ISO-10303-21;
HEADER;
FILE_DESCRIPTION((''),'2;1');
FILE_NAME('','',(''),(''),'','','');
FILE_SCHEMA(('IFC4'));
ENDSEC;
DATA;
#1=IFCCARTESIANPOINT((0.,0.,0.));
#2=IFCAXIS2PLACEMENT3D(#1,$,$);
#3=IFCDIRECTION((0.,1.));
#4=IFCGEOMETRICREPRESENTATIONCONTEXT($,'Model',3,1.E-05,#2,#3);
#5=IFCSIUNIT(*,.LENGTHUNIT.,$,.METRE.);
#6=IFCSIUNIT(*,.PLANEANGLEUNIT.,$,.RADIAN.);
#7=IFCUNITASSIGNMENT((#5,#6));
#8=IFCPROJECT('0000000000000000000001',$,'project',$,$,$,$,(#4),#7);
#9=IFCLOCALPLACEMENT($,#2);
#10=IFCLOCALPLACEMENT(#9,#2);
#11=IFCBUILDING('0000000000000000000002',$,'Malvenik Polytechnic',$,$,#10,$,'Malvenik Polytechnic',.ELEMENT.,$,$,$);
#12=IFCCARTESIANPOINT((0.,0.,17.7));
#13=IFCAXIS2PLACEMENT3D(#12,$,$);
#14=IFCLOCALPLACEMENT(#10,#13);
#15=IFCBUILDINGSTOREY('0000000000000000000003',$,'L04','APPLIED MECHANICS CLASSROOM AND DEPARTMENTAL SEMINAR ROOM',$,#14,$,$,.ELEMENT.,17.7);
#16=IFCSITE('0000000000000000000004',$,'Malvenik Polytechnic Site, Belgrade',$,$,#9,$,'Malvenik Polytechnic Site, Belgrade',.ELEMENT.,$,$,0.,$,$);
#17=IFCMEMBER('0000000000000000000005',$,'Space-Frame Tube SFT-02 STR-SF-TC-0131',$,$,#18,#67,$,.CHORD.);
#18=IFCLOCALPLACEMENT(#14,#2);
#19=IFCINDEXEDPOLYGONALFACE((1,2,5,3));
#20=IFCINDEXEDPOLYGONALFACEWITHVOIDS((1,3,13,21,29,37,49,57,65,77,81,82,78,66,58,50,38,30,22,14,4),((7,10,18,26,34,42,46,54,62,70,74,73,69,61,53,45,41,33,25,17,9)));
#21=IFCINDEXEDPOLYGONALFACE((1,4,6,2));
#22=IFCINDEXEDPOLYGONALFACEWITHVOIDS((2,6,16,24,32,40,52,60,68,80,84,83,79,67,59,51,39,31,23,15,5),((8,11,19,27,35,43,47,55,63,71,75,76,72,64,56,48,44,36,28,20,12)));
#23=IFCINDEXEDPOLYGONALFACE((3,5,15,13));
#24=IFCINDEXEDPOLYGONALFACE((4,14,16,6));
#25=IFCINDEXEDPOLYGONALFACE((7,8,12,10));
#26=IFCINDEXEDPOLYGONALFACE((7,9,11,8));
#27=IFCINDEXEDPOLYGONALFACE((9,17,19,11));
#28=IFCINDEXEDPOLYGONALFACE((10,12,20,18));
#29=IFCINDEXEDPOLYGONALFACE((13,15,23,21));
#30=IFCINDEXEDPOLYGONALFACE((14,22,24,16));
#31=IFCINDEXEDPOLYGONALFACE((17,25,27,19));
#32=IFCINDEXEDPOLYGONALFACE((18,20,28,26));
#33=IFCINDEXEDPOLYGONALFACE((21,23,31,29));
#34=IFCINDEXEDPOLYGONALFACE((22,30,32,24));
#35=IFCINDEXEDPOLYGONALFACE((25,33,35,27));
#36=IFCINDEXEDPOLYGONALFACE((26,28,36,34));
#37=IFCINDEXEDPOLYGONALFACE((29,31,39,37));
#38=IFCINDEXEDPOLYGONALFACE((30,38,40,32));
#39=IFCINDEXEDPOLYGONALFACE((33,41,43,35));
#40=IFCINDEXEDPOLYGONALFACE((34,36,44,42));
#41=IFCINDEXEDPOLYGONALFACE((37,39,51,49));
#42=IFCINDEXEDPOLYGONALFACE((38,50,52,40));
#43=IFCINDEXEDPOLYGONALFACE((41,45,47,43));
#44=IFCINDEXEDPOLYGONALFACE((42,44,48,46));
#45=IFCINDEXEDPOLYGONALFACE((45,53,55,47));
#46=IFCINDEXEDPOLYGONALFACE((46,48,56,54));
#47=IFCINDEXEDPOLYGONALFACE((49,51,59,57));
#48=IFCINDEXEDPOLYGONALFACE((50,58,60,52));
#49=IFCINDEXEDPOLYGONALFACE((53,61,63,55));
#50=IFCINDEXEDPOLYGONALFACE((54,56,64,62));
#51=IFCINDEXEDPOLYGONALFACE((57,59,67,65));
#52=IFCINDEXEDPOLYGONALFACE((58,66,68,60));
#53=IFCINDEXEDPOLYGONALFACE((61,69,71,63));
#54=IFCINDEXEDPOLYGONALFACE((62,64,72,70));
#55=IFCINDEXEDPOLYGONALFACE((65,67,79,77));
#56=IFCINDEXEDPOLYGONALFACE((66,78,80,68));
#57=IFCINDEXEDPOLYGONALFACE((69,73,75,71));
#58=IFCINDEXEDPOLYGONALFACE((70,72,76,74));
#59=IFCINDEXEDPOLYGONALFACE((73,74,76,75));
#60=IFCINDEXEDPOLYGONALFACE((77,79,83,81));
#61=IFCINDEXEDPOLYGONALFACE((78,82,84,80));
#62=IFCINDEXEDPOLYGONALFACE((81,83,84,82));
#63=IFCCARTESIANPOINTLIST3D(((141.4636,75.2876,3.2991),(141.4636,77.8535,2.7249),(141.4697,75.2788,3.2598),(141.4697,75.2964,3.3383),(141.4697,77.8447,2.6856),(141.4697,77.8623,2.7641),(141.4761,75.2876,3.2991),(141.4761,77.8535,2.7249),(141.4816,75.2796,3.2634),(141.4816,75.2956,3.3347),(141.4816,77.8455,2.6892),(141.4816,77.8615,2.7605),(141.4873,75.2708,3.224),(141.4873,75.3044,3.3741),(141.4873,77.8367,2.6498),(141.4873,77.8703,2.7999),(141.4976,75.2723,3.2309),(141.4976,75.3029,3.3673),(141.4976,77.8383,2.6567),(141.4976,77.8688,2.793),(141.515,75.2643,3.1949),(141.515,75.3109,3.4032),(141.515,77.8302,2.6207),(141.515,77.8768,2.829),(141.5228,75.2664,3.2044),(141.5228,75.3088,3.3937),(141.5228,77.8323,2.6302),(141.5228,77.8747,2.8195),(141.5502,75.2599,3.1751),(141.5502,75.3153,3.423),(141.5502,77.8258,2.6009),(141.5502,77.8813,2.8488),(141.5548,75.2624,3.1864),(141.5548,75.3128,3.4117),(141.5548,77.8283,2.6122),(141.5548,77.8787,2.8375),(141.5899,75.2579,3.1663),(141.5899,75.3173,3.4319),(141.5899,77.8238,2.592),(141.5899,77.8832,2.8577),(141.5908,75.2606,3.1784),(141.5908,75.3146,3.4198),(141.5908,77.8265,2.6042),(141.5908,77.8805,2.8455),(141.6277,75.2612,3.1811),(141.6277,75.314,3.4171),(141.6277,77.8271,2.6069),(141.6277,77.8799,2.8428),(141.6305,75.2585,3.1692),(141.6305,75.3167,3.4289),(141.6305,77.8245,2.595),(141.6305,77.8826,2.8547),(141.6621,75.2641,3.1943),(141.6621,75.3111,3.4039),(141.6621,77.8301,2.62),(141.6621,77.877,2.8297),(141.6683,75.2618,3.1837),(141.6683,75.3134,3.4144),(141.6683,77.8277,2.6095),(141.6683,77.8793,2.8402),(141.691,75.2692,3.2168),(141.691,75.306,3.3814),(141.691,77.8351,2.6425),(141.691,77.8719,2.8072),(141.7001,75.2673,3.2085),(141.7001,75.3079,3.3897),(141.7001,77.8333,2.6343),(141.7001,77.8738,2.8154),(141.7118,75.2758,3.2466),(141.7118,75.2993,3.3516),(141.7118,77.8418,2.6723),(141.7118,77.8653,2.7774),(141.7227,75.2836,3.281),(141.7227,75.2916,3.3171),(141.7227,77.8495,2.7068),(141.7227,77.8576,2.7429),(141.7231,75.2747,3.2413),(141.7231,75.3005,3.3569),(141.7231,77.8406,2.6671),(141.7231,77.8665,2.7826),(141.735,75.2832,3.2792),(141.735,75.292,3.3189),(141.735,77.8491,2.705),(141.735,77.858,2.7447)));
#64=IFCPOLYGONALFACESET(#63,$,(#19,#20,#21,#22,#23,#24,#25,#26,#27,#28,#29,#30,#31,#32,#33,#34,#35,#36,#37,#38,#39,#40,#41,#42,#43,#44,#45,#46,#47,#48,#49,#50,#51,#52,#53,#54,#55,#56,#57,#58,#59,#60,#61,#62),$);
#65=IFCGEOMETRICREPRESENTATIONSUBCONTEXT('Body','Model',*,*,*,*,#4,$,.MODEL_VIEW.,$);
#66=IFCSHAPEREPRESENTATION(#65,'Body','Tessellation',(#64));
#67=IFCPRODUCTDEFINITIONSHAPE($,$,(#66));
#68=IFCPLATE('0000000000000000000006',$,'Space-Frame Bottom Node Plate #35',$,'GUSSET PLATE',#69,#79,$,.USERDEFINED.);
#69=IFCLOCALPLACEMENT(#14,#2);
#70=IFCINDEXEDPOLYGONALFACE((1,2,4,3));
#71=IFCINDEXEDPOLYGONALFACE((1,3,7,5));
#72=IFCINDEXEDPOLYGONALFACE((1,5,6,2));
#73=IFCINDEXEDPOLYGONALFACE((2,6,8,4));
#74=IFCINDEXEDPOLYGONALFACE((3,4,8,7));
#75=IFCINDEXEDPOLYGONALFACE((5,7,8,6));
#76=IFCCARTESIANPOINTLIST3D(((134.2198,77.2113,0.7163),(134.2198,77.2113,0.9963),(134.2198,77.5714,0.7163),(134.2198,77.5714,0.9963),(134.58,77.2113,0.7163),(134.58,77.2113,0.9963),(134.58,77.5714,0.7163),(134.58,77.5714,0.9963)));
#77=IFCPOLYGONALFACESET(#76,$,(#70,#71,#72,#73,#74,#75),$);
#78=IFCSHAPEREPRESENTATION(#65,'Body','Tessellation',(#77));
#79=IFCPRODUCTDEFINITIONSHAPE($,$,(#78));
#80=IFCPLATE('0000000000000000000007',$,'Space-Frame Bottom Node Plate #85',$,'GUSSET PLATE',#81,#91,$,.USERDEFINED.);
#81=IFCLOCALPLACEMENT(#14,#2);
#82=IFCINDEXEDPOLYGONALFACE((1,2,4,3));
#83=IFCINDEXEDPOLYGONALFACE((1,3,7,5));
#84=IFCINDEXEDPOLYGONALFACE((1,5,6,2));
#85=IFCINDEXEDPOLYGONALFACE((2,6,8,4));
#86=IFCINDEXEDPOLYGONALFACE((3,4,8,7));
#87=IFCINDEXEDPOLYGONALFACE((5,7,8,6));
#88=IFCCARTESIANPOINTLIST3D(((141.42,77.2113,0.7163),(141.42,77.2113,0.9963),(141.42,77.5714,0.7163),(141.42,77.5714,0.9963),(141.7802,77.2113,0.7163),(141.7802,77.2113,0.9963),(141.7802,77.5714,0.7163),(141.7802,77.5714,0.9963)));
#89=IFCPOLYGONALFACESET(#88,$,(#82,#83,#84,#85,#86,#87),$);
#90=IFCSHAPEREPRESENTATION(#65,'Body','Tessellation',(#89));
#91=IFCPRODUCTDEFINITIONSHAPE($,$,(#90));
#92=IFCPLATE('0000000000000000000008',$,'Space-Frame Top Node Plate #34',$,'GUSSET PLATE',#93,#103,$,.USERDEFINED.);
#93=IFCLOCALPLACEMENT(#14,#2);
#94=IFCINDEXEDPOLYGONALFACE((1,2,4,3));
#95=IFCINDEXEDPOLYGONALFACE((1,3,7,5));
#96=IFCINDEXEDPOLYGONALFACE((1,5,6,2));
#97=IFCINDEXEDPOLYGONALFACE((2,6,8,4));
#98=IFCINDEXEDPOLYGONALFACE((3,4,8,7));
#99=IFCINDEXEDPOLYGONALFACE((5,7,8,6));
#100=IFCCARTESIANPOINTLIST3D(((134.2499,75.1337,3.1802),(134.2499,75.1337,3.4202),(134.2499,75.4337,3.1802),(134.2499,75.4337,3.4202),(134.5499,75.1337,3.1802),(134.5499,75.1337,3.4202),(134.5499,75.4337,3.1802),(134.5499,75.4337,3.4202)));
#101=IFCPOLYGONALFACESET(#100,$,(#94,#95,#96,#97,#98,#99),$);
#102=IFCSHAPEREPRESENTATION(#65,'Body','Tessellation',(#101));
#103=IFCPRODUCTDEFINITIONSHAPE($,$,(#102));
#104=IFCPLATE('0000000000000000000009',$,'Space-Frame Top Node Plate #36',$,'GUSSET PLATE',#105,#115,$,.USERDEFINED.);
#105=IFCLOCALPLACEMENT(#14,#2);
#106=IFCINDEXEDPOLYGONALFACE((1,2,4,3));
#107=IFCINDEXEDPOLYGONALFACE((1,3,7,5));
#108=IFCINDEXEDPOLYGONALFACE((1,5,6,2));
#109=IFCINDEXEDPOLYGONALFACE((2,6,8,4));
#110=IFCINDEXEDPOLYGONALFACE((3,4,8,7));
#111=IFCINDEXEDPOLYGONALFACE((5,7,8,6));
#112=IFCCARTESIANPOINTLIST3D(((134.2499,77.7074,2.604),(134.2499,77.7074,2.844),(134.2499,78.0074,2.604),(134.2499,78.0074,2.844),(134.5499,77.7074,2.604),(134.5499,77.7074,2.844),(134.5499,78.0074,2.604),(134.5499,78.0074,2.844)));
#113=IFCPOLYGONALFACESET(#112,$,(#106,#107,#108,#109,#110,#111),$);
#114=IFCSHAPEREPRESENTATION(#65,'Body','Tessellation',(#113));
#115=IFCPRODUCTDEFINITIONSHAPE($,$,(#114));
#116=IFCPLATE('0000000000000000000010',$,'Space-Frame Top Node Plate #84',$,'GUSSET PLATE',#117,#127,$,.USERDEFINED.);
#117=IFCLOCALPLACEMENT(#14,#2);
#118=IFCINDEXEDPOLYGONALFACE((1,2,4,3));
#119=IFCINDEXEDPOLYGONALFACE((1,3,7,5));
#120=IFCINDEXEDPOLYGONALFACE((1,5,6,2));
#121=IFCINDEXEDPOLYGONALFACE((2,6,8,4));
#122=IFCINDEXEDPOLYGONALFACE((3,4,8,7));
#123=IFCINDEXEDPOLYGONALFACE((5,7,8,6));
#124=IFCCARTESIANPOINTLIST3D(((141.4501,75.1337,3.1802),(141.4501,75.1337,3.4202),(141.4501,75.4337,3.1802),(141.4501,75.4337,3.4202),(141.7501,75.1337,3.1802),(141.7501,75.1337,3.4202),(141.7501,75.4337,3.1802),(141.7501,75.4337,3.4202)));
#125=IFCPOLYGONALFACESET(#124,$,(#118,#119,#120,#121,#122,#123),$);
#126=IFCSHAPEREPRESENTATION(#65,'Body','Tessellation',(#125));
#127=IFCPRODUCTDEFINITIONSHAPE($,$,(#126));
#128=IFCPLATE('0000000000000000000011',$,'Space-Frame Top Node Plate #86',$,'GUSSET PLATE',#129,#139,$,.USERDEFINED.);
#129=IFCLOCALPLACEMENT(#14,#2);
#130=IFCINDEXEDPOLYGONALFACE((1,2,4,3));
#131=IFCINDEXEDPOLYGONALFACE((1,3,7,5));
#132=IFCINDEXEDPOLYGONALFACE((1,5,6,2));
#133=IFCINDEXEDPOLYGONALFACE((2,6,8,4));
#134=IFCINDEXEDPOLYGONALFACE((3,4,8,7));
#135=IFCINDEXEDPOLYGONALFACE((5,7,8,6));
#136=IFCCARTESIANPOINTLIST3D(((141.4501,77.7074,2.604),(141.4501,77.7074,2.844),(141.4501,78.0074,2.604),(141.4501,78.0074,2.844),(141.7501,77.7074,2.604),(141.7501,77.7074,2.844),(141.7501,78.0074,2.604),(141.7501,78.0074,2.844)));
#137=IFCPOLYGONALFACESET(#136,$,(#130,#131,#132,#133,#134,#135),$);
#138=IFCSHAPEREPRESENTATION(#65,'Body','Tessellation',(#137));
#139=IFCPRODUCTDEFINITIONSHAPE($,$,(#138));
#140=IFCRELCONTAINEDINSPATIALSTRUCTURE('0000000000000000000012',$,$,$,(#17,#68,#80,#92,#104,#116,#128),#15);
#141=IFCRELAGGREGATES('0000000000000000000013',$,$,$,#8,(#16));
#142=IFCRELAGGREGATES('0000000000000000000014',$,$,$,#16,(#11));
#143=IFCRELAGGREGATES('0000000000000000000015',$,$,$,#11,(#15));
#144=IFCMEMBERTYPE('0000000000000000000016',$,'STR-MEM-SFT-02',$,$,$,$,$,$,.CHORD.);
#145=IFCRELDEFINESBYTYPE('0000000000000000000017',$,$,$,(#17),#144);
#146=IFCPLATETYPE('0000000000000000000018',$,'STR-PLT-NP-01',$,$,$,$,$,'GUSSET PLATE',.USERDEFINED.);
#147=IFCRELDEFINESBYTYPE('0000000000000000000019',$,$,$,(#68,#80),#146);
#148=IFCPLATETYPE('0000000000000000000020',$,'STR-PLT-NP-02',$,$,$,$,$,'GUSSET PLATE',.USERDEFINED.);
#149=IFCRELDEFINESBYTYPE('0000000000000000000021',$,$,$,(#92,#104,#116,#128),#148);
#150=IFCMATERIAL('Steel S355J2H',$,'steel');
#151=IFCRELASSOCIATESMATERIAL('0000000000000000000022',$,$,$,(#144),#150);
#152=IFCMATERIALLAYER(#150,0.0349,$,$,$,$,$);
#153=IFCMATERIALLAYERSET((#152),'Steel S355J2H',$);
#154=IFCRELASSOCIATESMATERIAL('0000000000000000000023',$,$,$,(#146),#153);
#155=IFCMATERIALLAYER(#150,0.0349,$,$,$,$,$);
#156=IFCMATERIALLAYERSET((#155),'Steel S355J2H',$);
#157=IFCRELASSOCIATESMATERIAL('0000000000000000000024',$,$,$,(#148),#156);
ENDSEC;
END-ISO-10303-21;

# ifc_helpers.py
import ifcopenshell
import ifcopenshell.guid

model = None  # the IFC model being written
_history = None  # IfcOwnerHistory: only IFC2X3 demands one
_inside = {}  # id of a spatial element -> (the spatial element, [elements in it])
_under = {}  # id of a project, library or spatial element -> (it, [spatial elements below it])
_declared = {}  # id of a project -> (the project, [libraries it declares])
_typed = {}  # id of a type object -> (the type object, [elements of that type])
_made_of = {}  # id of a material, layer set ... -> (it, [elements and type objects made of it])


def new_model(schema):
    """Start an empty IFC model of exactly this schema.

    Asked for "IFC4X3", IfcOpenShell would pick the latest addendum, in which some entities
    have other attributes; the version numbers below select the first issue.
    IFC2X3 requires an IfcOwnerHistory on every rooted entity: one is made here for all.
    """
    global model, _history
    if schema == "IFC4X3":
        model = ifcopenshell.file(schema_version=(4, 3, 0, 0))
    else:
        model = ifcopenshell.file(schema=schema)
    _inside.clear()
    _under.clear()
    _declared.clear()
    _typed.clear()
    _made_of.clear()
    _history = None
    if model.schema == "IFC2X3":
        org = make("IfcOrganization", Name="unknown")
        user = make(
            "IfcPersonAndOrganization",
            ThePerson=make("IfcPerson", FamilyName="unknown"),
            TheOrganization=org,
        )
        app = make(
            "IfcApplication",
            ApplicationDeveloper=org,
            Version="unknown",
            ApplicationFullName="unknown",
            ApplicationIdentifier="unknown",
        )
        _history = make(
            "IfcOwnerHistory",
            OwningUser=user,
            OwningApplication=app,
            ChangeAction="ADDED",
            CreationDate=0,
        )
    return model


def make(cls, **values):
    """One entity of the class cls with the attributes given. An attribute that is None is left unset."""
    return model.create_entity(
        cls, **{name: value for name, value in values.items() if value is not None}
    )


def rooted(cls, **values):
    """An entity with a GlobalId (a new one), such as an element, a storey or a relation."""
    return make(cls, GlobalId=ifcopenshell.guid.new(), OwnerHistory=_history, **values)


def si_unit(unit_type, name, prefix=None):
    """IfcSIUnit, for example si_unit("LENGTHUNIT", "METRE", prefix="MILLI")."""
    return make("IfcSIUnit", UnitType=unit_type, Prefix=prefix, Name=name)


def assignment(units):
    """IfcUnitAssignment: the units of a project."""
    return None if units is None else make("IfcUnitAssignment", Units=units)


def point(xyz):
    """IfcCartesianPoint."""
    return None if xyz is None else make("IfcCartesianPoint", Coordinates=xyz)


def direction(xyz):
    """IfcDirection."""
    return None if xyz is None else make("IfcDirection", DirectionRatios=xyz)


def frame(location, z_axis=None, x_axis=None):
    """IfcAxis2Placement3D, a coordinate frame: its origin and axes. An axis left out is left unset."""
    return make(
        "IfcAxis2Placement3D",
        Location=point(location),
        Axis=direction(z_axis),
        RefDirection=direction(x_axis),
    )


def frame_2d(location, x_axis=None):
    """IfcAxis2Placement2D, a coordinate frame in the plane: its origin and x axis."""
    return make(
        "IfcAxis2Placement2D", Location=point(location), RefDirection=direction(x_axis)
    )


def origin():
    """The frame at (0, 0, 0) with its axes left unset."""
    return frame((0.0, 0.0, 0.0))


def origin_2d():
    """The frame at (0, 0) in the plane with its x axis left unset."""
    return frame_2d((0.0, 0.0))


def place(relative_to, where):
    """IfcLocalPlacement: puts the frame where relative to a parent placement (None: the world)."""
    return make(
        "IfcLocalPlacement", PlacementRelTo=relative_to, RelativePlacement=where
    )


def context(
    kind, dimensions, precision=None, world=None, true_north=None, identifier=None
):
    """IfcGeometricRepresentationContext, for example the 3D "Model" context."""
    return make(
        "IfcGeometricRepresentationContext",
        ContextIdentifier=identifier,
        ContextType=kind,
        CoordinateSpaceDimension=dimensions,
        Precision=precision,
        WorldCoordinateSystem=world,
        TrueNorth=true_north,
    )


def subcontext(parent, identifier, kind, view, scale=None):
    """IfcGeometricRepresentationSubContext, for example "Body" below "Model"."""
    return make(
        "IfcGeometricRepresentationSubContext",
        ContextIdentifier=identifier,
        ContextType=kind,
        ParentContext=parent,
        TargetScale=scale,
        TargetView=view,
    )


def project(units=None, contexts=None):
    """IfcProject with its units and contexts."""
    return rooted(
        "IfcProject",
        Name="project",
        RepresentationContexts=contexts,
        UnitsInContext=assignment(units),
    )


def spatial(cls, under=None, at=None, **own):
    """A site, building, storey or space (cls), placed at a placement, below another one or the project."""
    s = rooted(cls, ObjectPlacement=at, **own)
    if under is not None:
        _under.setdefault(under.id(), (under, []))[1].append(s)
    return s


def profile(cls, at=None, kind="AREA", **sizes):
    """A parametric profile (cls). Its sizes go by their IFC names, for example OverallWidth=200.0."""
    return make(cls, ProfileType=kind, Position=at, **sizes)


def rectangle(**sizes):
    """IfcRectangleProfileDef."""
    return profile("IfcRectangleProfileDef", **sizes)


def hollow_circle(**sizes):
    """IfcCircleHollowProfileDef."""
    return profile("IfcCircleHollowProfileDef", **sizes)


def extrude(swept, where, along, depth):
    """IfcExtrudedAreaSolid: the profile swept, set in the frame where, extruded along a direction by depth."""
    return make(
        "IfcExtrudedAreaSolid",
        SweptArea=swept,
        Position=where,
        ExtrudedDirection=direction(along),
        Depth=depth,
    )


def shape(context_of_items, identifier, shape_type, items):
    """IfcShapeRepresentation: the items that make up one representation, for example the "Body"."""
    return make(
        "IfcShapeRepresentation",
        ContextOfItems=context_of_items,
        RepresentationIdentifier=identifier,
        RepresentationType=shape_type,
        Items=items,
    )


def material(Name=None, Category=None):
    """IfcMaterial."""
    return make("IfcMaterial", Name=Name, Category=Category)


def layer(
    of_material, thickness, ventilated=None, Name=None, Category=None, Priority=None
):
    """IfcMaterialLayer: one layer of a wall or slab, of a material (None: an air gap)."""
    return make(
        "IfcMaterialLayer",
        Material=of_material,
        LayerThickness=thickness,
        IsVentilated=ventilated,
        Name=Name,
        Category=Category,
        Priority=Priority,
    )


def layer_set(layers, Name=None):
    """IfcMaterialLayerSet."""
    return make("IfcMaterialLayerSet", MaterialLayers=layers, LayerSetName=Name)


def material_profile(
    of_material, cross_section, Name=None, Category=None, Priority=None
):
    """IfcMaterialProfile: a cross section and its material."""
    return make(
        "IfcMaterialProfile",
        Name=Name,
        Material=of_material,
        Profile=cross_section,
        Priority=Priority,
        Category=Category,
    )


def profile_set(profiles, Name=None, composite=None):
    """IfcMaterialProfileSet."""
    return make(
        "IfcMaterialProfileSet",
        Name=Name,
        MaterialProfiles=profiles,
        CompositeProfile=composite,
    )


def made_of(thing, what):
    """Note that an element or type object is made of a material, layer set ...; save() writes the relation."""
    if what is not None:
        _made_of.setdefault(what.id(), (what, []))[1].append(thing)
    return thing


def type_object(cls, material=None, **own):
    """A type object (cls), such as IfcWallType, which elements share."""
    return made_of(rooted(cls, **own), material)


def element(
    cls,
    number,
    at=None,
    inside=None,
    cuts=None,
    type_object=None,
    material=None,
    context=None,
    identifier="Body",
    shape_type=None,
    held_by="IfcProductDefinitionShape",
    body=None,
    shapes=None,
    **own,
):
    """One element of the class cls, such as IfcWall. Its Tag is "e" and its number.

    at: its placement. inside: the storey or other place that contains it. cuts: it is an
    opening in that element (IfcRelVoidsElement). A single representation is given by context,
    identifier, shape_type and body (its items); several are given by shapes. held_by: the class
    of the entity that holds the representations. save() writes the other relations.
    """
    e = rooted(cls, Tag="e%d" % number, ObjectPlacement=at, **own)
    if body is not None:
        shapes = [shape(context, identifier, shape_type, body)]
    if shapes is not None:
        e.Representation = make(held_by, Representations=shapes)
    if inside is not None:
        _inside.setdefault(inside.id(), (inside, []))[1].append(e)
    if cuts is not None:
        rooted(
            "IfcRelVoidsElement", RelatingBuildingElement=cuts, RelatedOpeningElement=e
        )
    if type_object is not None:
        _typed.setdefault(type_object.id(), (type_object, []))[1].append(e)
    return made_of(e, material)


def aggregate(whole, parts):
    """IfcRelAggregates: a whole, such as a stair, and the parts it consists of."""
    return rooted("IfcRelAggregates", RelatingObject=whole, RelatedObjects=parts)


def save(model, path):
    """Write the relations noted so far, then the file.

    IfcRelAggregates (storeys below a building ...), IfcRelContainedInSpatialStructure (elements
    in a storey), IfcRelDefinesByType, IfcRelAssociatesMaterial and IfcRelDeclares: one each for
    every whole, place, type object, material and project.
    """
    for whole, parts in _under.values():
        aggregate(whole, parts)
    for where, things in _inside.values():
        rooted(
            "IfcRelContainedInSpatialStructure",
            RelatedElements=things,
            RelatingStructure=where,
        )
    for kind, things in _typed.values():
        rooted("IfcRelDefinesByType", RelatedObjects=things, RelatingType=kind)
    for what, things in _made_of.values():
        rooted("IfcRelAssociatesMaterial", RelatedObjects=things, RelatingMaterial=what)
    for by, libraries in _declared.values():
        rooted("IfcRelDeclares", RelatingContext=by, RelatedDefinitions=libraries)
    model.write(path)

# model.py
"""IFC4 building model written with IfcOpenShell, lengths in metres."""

from ifc_helpers import new_model, si_unit, direction, frame, origin, origin_2d, place, context, subcontext, project, spatial, rectangle, hollow_circle, extrude, material, layer, layer_set, material_profile, profile_set, type_object, element, save


model = new_model("IFC4")

# Units and contexts
model_context = context("Model", 3, precision=1e-05, world=origin(), true_north=direction((0.0, 1.0)))
body_context = subcontext(model_context, "Body", "Model", "MODEL_VIEW")
ifc_project = project(units=[si_unit("LENGTHUNIT", "METRE"), si_unit("PLANEANGLEUNIT", "RADIAN")], contexts=[model_context])

# Site, building, storey
site_placement = place(None, origin())
site = spatial("IfcSite", under=ifc_project, at=site_placement, Name="Malvenik Polytechnic Site, Belgrade", LongName="Malvenik Polytechnic Site, Belgrade", CompositionType="ELEMENT", RefElevation=0.0)
building_placement = place(site_placement, origin())
building = spatial("IfcBuilding", under=site, at=building_placement, Name="Malvenik Polytechnic", LongName="Malvenik Polytechnic", CompositionType="ELEMENT")
storey_placement = place(building_placement, frame((0.0, 0.0, 17.7)))
storey = spatial("IfcBuildingStorey", under=building, at=storey_placement, Name="L04", Description="APPLIED MECHANICS CLASSROOM AND DEPARTMENTAL SEMINAR ROOM", CompositionType="ELEMENT", Elevation=17.7)

# Member
ifc_material = material(Name="Steel S355J2H", Category="steel")
ifc_material_profile_1 = material_profile(ifc_material, hollow_circle(Radius=0.1365, WallThickness=0.0125, at=origin_2d()), Name="CHS 273.0x12.5")
ifc_profile_set_1 = profile_set([ifc_material_profile_1], Name="Steel S355J2H")
member_type_1 = type_object("IfcMemberType", Name="STR-MEM-SFT-02", PredefinedType="CHORD", material=ifc_profile_set_1)
member_1_placement = place(storey_placement, frame((141.6001, 75.2876, 3.2991), z_axis=(0.0, 0.975863, -0.218385), x_axis=(-1.0, 0.0, 0.0)))
element("IfcMember", 1, at=member_1_placement, inside=storey, type_object=member_type_1, Name="Space-Frame Tube SFT-02 STR-SF-TC-0131", PredefinedType="CHORD", context=body_context, shape_type="SweptSolid", body=[
    extrude(hollow_circle(Radius=0.1365, WallThickness=0.0125, at=origin_2d()), origin(), (0.0, 0.0, 1.0), 2.6294),
])

# Plates
ifc_layer_1 = layer(ifc_material, 0.0349)
ifc_layer_set_1 = layer_set([ifc_layer_1], Name="Steel S355J2H")
plate_type_1 = type_object("IfcPlateType", Name="STR-PLT-NP-01", ElementType="GUSSET PLATE", PredefinedType="USERDEFINED", material=ifc_layer_set_1)
for number, where, z_axis, x_axis, name in (
    (2, (134.3999, 77.3914, 0.7163), (0.0, 0.0, 1.0), (1.0, 0.0, 0.0), "Space-Frame Bottom Node Plate #35"),
    (3, (141.6001, 77.3914, 0.7163), (0.0, 0.0, 1.0), (1.0, 0.0, 0.0), "Space-Frame Bottom Node Plate #85"),
):
    element("IfcPlate", number, at=place(storey_placement, frame(where, z_axis=z_axis, x_axis=x_axis)), inside=storey, type_object=plate_type_1, Name=name, ObjectType="GUSSET PLATE", PredefinedType="USERDEFINED", context=body_context, shape_type="SweptSolid", body=[
        extrude(rectangle(XDim=0.3601, YDim=0.3601, at=origin_2d()), origin(), (0.0, 0.0, 1.0), 0.28),
    ])
ifc_layer_2 = layer(ifc_material, 0.0349)
ifc_layer_set_2 = layer_set([ifc_layer_2], Name="Steel S355J2H")
plate_type_2 = type_object("IfcPlateType", Name="STR-PLT-NP-02", ElementType="GUSSET PLATE", PredefinedType="USERDEFINED", material=ifc_layer_set_2)
for number, where, z_axis, x_axis, name in (
    (4, (134.3999, 75.2837, 3.1802), (0.0, 0.0, 1.0), (1.0, 0.0, 0.0), "Space-Frame Top Node Plate #34"),
    (5, (134.3999, 77.8574, 2.604), (0.0, 0.0, 1.0), (1.0, 0.0, 0.0), "Space-Frame Top Node Plate #36"),
    (6, (141.6001, 75.2837, 3.1802), (0.0, 0.0, 1.0), (1.0, 0.0, 0.0), "Space-Frame Top Node Plate #84"),
    (7, (141.6001, 77.8574, 2.604), (0.0, 0.0, 1.0), (1.0, 0.0, 0.0), "Space-Frame Top Node Plate #86"),
):
    element("IfcPlate", number, at=place(storey_placement, frame(where, z_axis=z_axis, x_axis=x_axis)), inside=storey, type_object=plate_type_2, Name=name, ObjectType="GUSSET PLATE", PredefinedType="USERDEFINED", context=body_context, shape_type="SweptSolid", body=[
        extrude(rectangle(XDim=0.3, YDim=0.3, at=origin_2d()), origin(), (0.0, 0.0, 1.0), 0.24),
    ])

save(model, "model.ifc")
